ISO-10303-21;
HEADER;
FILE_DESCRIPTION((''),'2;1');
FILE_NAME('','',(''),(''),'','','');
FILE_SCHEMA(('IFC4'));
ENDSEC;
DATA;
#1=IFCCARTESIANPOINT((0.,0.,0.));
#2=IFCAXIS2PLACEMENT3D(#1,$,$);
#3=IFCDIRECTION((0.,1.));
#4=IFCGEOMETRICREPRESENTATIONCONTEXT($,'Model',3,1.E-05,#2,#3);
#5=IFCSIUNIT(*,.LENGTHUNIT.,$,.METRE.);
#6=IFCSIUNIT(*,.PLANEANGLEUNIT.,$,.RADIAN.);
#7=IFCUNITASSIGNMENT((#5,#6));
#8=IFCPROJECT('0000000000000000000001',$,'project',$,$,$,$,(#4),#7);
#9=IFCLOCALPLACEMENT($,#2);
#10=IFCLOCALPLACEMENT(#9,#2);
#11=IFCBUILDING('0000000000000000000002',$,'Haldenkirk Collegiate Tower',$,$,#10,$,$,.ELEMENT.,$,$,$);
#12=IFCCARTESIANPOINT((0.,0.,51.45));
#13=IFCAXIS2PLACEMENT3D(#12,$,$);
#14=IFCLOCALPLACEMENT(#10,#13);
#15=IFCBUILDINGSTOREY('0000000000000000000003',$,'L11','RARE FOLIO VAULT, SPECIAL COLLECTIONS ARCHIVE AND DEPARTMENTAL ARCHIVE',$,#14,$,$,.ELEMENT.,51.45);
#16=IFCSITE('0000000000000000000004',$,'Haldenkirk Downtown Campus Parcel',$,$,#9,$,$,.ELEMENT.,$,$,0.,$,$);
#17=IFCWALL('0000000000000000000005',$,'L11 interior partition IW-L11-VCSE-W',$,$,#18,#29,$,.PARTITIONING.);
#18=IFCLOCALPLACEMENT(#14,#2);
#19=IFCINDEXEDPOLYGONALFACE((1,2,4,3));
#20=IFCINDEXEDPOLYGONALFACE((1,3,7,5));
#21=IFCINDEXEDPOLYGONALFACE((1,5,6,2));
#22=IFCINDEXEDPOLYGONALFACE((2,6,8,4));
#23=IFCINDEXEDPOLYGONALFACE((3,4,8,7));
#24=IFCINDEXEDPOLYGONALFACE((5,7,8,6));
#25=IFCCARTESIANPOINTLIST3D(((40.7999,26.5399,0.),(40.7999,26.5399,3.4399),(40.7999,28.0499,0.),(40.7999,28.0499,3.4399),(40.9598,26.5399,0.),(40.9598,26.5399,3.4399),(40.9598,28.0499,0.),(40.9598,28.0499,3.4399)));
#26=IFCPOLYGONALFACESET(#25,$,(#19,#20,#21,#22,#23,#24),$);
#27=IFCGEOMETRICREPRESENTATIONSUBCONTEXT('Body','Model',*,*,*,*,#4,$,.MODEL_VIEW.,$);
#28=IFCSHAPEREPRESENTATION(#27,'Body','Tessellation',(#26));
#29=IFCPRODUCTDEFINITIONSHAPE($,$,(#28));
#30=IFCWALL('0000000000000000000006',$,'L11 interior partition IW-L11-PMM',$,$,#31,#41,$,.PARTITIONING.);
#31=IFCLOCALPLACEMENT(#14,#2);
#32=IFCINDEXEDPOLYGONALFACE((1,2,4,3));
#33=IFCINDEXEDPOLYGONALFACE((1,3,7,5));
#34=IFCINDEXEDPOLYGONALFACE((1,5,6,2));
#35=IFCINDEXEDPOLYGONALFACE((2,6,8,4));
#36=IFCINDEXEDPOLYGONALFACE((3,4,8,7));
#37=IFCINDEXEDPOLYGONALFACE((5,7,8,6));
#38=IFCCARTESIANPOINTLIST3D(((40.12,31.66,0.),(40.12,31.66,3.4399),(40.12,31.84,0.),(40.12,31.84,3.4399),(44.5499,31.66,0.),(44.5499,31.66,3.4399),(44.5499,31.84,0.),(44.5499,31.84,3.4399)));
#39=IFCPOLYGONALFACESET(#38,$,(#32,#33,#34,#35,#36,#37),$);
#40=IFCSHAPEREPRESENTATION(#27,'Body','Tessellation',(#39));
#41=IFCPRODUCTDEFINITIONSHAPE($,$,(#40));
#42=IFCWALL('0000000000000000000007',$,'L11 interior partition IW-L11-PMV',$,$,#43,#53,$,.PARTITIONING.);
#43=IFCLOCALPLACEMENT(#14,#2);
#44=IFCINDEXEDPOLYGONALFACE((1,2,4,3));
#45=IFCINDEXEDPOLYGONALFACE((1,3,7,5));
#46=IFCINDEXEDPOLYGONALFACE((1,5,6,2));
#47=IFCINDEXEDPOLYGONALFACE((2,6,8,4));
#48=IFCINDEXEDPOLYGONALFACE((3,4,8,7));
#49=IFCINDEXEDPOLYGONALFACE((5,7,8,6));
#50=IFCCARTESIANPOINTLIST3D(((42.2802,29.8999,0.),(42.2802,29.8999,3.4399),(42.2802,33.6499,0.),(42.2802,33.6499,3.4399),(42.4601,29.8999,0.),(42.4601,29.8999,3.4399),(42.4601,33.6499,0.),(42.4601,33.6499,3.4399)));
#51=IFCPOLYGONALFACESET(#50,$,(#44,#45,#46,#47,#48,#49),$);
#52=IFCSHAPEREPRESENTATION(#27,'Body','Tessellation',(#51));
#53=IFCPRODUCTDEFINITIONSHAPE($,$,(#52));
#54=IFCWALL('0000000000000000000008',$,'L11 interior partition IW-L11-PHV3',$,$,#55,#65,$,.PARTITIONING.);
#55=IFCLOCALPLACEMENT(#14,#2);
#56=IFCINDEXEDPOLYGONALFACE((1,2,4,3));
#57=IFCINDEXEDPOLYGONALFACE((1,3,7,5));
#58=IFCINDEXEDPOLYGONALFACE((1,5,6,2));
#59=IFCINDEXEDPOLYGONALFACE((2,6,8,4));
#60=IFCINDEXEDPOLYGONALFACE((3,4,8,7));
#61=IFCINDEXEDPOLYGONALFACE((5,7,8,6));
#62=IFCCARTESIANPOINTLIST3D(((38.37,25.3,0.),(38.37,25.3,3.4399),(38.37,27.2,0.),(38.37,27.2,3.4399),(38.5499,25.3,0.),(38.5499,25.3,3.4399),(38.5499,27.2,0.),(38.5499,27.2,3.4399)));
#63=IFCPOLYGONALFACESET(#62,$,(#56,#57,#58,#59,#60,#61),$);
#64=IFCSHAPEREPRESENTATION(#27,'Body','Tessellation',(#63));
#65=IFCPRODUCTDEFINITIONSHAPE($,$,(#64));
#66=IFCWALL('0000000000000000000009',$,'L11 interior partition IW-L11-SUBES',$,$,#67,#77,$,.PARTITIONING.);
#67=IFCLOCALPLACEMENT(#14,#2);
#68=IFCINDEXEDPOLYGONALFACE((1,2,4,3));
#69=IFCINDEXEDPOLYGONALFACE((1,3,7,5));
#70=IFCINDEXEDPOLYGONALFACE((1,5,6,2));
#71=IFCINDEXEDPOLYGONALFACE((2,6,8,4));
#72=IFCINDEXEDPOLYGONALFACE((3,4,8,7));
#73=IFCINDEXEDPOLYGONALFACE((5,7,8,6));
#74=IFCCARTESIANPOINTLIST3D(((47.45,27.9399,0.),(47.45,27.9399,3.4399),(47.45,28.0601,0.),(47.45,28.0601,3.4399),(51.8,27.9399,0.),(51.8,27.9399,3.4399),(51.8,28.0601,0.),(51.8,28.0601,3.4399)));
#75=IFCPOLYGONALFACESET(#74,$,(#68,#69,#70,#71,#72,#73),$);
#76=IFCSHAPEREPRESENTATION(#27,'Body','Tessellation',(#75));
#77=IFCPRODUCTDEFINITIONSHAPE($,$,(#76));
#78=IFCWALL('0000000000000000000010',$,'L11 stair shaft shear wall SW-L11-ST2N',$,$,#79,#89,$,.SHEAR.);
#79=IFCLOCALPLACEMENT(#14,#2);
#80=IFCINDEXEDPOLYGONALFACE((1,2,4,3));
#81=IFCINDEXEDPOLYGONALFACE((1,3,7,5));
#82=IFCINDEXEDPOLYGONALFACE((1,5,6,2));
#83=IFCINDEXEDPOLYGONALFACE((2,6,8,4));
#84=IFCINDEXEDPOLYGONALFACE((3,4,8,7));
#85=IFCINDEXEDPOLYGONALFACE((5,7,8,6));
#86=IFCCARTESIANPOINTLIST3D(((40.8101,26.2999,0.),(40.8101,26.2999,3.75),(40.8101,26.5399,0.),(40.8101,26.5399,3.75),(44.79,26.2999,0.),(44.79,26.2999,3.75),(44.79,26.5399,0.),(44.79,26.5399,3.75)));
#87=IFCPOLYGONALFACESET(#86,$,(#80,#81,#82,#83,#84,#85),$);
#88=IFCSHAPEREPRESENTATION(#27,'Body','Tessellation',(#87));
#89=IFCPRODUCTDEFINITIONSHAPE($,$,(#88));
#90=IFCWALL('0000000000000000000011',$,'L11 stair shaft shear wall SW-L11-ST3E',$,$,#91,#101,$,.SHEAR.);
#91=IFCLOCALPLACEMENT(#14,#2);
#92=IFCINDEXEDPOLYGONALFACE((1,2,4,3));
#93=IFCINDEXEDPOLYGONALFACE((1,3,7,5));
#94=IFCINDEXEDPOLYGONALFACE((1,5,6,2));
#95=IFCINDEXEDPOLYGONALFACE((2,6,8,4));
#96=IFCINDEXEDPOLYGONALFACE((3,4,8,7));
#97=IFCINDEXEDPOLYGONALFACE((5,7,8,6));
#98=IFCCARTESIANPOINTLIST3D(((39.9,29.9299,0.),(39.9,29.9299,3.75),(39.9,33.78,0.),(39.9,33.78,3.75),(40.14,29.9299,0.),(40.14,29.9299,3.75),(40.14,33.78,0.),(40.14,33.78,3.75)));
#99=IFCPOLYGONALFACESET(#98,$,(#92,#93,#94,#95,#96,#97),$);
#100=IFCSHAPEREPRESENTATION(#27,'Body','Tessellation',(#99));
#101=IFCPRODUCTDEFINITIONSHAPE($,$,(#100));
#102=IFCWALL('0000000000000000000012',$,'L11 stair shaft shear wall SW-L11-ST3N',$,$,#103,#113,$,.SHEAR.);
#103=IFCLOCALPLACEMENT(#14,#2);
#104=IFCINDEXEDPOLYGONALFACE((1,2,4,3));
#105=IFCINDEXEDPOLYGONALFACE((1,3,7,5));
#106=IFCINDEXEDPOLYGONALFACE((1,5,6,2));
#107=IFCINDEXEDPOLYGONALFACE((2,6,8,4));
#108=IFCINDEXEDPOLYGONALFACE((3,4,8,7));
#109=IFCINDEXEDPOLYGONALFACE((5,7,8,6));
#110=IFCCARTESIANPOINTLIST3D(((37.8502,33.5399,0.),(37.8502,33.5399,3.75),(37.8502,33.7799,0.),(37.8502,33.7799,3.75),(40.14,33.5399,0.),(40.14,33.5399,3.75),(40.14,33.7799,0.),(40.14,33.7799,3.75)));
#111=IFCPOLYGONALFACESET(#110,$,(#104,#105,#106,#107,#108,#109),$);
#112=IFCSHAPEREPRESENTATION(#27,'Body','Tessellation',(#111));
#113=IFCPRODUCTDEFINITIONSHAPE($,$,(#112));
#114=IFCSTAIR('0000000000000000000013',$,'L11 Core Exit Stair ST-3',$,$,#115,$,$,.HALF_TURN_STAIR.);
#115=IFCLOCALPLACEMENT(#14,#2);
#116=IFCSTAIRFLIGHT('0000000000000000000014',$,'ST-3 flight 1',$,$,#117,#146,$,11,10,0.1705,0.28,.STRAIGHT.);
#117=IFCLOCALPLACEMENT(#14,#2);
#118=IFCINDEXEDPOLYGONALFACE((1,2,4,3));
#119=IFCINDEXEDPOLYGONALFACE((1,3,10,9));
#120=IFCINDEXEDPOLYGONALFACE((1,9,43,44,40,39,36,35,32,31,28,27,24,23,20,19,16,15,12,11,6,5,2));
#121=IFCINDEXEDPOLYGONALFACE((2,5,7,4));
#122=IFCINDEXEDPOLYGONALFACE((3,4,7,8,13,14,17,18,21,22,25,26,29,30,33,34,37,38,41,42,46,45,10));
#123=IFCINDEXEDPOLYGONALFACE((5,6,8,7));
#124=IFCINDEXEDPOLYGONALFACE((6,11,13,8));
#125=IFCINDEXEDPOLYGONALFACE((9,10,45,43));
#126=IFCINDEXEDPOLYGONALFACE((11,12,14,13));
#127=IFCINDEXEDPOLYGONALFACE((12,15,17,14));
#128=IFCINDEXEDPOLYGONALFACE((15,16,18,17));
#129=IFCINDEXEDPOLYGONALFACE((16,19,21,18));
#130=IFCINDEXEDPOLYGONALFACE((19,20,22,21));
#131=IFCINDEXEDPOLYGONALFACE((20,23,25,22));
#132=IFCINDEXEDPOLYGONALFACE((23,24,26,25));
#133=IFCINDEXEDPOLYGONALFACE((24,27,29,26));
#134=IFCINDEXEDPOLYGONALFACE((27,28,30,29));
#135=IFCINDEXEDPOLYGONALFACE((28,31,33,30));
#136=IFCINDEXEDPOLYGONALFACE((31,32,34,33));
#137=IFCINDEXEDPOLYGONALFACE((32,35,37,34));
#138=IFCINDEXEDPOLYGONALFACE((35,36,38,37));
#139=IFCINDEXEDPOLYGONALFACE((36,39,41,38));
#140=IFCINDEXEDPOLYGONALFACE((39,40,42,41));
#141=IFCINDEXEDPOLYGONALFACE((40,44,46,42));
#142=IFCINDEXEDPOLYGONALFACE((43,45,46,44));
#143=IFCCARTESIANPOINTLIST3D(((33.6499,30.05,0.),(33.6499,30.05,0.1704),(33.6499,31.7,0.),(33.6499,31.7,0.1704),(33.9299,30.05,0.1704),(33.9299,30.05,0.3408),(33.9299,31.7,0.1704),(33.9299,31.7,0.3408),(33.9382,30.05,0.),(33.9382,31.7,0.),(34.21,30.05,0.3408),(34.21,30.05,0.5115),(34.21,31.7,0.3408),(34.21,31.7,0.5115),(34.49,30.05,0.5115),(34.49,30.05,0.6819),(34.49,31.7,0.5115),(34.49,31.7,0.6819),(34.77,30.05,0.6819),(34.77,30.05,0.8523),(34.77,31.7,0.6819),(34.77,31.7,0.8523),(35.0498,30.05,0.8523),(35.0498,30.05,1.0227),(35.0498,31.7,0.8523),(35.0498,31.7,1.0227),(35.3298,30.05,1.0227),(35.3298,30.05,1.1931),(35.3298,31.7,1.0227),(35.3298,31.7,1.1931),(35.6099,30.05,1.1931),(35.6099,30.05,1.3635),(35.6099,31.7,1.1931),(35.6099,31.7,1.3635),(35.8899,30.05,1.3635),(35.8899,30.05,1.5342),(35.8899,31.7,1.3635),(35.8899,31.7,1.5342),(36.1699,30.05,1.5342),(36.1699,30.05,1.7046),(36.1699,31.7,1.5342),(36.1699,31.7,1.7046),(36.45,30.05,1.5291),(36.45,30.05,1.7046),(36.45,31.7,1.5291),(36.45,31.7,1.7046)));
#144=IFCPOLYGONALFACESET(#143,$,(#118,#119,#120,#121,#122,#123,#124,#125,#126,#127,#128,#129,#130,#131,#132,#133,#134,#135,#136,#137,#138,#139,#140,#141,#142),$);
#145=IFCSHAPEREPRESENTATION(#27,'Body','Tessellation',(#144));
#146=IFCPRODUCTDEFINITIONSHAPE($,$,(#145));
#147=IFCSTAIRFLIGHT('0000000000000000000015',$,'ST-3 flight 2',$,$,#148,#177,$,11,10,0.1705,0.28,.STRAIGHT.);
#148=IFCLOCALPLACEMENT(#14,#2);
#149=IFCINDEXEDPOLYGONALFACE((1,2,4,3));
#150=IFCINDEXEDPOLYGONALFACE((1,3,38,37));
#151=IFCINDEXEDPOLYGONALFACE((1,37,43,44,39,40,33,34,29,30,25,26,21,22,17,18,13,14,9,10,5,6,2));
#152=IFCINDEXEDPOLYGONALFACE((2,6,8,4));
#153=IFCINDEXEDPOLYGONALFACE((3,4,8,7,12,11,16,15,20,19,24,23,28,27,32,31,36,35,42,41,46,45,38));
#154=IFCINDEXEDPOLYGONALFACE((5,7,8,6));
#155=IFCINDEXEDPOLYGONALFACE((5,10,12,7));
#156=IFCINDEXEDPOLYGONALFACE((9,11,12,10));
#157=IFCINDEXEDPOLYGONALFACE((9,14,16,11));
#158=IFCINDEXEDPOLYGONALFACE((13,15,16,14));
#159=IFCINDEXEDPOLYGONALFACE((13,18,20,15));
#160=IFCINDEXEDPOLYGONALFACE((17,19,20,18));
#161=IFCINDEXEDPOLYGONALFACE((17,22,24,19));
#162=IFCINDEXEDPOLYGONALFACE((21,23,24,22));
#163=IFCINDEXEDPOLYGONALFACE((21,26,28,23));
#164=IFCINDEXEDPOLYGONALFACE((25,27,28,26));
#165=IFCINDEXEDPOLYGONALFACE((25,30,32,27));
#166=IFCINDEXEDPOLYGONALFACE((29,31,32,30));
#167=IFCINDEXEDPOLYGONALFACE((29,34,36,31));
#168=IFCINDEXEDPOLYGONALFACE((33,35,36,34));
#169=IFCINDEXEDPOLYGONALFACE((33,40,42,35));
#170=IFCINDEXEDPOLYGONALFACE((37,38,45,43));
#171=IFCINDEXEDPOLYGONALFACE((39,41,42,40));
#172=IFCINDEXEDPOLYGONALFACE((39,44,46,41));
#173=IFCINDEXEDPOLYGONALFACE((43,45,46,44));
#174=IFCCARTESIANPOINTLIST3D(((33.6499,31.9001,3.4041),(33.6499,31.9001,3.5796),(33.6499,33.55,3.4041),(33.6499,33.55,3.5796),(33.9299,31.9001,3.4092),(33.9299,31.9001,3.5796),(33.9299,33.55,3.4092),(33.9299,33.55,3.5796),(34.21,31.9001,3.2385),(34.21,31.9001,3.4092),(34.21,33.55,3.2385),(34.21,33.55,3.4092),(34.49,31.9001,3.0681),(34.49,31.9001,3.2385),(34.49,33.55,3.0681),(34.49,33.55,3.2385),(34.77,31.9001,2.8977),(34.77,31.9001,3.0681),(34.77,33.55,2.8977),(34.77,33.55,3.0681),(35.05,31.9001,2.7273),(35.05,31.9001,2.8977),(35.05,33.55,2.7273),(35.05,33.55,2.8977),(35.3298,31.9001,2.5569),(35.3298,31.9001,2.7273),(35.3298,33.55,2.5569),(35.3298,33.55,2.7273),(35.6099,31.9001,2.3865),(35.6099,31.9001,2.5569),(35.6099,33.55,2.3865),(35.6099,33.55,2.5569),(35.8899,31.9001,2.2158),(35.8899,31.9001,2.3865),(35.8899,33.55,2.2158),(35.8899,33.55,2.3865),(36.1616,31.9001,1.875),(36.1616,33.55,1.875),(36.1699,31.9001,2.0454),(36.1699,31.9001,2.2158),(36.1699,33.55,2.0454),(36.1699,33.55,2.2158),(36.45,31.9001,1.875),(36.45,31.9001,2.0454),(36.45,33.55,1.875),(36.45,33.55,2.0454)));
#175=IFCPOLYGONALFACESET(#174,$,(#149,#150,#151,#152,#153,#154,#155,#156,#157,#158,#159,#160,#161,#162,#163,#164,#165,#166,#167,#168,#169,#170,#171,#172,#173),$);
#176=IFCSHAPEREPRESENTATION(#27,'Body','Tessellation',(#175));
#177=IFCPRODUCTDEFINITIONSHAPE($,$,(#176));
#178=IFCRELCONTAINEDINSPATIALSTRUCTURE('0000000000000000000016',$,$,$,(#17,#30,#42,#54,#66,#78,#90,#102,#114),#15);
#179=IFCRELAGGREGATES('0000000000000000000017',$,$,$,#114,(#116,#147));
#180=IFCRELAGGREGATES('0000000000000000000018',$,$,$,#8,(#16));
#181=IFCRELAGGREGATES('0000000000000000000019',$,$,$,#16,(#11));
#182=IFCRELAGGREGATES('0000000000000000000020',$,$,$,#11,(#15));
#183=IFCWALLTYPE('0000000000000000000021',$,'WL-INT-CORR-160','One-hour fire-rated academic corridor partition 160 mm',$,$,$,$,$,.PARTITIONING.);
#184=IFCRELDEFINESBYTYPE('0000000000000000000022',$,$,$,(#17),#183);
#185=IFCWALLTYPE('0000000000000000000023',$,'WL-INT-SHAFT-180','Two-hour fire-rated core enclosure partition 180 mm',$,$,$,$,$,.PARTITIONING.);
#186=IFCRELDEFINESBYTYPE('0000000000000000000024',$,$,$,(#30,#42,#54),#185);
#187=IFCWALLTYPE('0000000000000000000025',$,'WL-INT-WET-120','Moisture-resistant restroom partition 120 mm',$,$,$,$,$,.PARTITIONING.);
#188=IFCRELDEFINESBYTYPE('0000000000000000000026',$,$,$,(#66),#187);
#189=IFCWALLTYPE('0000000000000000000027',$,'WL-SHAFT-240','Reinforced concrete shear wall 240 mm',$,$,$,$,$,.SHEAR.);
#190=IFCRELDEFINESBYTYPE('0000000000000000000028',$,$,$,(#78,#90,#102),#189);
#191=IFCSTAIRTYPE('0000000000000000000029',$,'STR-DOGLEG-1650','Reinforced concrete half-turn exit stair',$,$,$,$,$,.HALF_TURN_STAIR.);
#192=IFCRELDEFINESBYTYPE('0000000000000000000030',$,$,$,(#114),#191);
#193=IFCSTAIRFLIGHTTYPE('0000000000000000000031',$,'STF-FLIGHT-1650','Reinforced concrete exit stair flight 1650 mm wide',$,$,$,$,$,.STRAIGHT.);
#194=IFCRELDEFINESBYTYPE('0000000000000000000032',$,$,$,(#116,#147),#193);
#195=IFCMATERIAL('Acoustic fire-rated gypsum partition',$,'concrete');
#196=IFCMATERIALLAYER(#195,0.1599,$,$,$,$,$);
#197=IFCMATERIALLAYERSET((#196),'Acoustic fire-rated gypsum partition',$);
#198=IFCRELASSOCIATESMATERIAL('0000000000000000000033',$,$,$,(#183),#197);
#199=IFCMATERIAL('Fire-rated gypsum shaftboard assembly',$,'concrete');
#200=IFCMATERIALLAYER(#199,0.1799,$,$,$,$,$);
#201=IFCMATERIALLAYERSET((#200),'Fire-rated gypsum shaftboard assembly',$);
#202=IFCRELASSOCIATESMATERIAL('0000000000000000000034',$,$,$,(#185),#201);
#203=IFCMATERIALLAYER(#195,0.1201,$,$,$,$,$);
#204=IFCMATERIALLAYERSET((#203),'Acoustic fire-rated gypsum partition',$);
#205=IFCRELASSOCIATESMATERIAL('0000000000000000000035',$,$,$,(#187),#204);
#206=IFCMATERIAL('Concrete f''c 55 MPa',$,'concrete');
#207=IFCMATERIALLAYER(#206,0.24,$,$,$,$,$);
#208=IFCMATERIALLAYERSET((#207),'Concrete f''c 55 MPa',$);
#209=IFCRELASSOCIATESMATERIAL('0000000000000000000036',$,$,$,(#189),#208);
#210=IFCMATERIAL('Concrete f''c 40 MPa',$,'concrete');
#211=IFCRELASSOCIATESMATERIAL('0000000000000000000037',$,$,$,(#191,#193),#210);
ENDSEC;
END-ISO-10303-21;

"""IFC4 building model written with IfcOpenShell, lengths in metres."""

from ifc_helpers import new_model, si_unit, direction, frame, frame_2d, origin, place, context, subcontext, project, spatial, polyline, rectangle, outline, extrude, material, layer, layer_set, type_object, element, aggregate, save


model = new_model("IFC4")

# Units and contexts
model_context = context("Model", 3, precision=1e-05, world=origin(), true_north=direction((0.0, 1.0)))
body_context = subcontext(model_context, "Body", "Model", "MODEL_VIEW")
ifc_project = project(units=[si_unit("LENGTHUNIT", "METRE"), si_unit("PLANEANGLEUNIT", "RADIAN")], contexts=[model_context])

# Site, building, storey
site_placement = place(None, origin())
site = spatial("IfcSite", under=ifc_project, at=site_placement, Name="Haldenkirk Downtown Campus Parcel", CompositionType="ELEMENT", RefElevation=0.0)
building_placement = place(site_placement, origin())
building = spatial("IfcBuilding", under=site, at=building_placement, Name="Haldenkirk Collegiate Tower", CompositionType="ELEMENT")
storey_placement = place(building_placement, frame((0.0, 0.0, 51.45)))
storey = spatial("IfcBuildingStorey", under=building, at=storey_placement, Name="L11", Description="RARE FOLIO VAULT, SPECIAL COLLECTIONS ARCHIVE AND DEPARTMENTAL ARCHIVE", CompositionType="ELEMENT", Elevation=51.45)

# Shared definitions
ifc_material_1 = material(Name="Acoustic fire-rated gypsum partition", Category="concrete")
ifc_layer_1 = layer(ifc_material_1, 0.1599)
ifc_layer_set_1 = layer_set([ifc_layer_1], Name="Acoustic fire-rated gypsum partition")
wall_type_1 = type_object("IfcWallType", Name="WL-INT-CORR-160", Description="One-hour fire-rated academic corridor partition 160 mm", PredefinedType="PARTITIONING", material=ifc_layer_set_1)

# Wall
wall_1_placement = place(storey_placement, frame((40.8799, 26.54, 0.0), z_axis=(0.0, 0.0, 1.0), x_axis=(0.0, 1.0, 0.0)))
element("IfcWall", 1, at=wall_1_placement, inside=storey, type_object=wall_type_1, Name="L11 interior partition IW-L11-VCSE-W", PredefinedType="PARTITIONING", context=body_context, shape_type="SweptSolid", body=[
    extrude(rectangle(XDim=1.51, YDim=0.1599, at=frame_2d((0.7549, 0.0))), origin(), (0.0, 0.0, 1.0), 3.4399),
])

# Shared definitions
ifc_material_2 = material(Name="Fire-rated gypsum shaftboard assembly", Category="concrete")
ifc_layer_2 = layer(ifc_material_2, 0.1799)
ifc_layer_set_2 = layer_set([ifc_layer_2], Name="Fire-rated gypsum shaftboard assembly")
wall_type_2 = type_object("IfcWallType", Name="WL-INT-SHAFT-180", Description="Two-hour fire-rated core enclosure partition 180 mm", PredefinedType="PARTITIONING", material=ifc_layer_set_2)

# Walls
wall_2_placement = place(storey_placement, frame((40.1201, 31.75, 0.0), z_axis=(0.0, 0.0, 1.0), x_axis=(1.0, 0.0, 0.0)))
element("IfcWall", 2, at=wall_2_placement, inside=storey, type_object=wall_type_2, Name="L11 interior partition IW-L11-PMM", PredefinedType="PARTITIONING", context=body_context, shape_type="SweptSolid", body=[
    extrude(rectangle(XDim=4.4299, YDim=0.1799, at=frame_2d((2.2148, 0.0))), origin(), (0.0, 0.0, 1.0), 3.4399),
])
wall_3_placement = place(storey_placement, frame((42.3701, 29.8999, 0.0), z_axis=(0.0, 0.0, 1.0), x_axis=(0.0, 1.0, 0.0)))
element("IfcWall", 3, at=wall_3_placement, inside=storey, type_object=wall_type_2, Name="L11 interior partition IW-L11-PMV", PredefinedType="PARTITIONING", context=body_context, shape_type="SweptSolid", body=[
    extrude(rectangle(XDim=3.75, YDim=0.1799, at=frame_2d((1.875, 0.0))), origin(), (0.0, 0.0, 1.0), 3.4399),
])
wall_4_placement = place(storey_placement, frame((38.46, 25.3, 0.0), z_axis=(0.0, 0.0, 1.0), x_axis=(0.0, 1.0, 0.0)))
element("IfcWall", 4, at=wall_4_placement, inside=storey, type_object=wall_type_2, Name="L11 interior partition IW-L11-PHV3", PredefinedType="PARTITIONING", context=body_context, shape_type="SweptSolid", body=[
    extrude(rectangle(XDim=1.8999, YDim=0.1799, at=frame_2d((0.95, 0.0))), origin(), (0.0, 0.0, 1.0), 3.4399),
])
ifc_layer_3 = layer(ifc_material_1, 0.1201)
ifc_layer_set_3 = layer_set([ifc_layer_3], Name="Acoustic fire-rated gypsum partition")
wall_type_3 = type_object("IfcWallType", Name="WL-INT-WET-120", Description="Moisture-resistant restroom partition 120 mm", PredefinedType="PARTITIONING", material=ifc_layer_set_3)
wall_5_placement = place(storey_placement, frame((47.45, 28.0, 0.0), z_axis=(0.0, 0.0, 1.0), x_axis=(1.0, 0.0, 0.0)))
element("IfcWall", 5, at=wall_5_placement, inside=storey, type_object=wall_type_3, Name="L11 interior partition IW-L11-SUBES", PredefinedType="PARTITIONING", context=body_context, shape_type="SweptSolid", body=[
    extrude(rectangle(XDim=4.3501, YDim=0.1201, at=frame_2d((2.175, 0.0))), origin(), (0.0, 0.0, 1.0), 3.4399),
])
ifc_material_3 = material(Name="Concrete f'c 55 MPa", Category="concrete")
ifc_layer_4 = layer(ifc_material_3, 0.24)
ifc_layer_set_4 = layer_set([ifc_layer_4], Name="Concrete f'c 55 MPa")
wall_type_4 = type_object("IfcWallType", Name="WL-SHAFT-240", Description="Reinforced concrete shear wall 240 mm", PredefinedType="SHEAR", material=ifc_layer_set_4)
wall_6_placement = place(storey_placement, frame((40.8101, 26.4199, 0.0), z_axis=(0.0, 0.0, 1.0), x_axis=(1.0, 0.0, 0.0)))
element("IfcWall", 6, at=wall_6_placement, inside=storey, type_object=wall_type_4, Name="L11 stair shaft shear wall SW-L11-ST2N", PredefinedType="SHEAR", context=body_context, shape_type="SweptSolid", body=[
    extrude(rectangle(XDim=3.98, YDim=0.24, at=frame_2d((1.99, 0.0))), origin(), (0.0, 0.0, 1.0), 3.75),
])
wall_7_placement = place(storey_placement, frame((40.02, 29.9299, 0.0), z_axis=(0.0, 0.0, 1.0), x_axis=(0.0, 1.0, 0.0)))
element("IfcWall", 7, at=wall_7_placement, inside=storey, type_object=wall_type_4, Name="L11 stair shaft shear wall SW-L11-ST3E", PredefinedType="SHEAR", context=body_context, shape_type="SweptSolid", body=[
    extrude(rectangle(XDim=3.8501, YDim=0.24, at=frame_2d((1.925, 0.0))), origin(), (0.0, 0.0, 1.0), 3.75),
])
wall_8_placement = place(storey_placement, frame((37.8501, 33.6599, 0.0), z_axis=(0.0, 0.0, 1.0), x_axis=(1.0, 0.0, 0.0)))
element("IfcWall", 8, at=wall_8_placement, inside=storey, type_object=wall_type_4, Name="L11 stair shaft shear wall SW-L11-ST3N", PredefinedType="SHEAR", context=body_context, shape_type="SweptSolid", body=[
    extrude(rectangle(XDim=2.2898, YDim=0.24, at=frame_2d((1.145, 0.0))), origin(), (0.0, 0.0, 1.0), 3.75),
])

# Stair, stair flights
ifc_material_4 = material(Name="Concrete f'c 40 MPa", Category="concrete")
stair_type = type_object("IfcStairType", Name="STR-DOGLEG-1650", Description="Reinforced concrete half-turn exit stair", PredefinedType="HALF_TURN_STAIR", material=ifc_material_4)
stair_placement = place(storey_placement, origin())
stair = element("IfcStair", 9, at=stair_placement, inside=storey, type_object=stair_type, Name="L11 Core Exit Stair ST-3", PredefinedType="HALF_TURN_STAIR")
stair_flight_type = type_object("IfcStairFlightType", Name="STF-FLIGHT-1650", Description="Reinforced concrete exit stair flight 1650 mm wide", PredefinedType="STRAIGHT", material=ifc_material_4)
stair_flight_1_placement = place(storey_placement, frame((33.6499, 30.875, 0.0), z_axis=(0.0, 0.0, 1.0), x_axis=(1.0, 0.0, 0.0)))
stair_flight_1 = element("IfcStairFlight", 10, at=stair_flight_1_placement, type_object=stair_flight_type, Name="ST-3 flight 1", NumberOfRisers=11, NumberOfTreads=10, PredefinedType="STRAIGHT", RiserHeight=0.1705, TreadLength=0.28, context=body_context, shape_type="SweptSolid", body=[
    extrude(outline(polyline([(0.0, 0.0), (0.0, 0.1704), (0.28, 0.1704), (0.28, 0.3408), (0.5601, 0.3408), (0.5601, 0.5115), (0.8401, 0.5115), (0.8401, 0.6819), (1.1201, 0.6819), (1.1201, 0.8523), (1.3999, 0.8523), (1.3999, 1.0227), (1.6799, 1.0227), (1.6799, 1.1931), (1.96, 1.1931), (1.96, 1.3635), (2.24, 1.3635), (2.24, 1.5342), (2.52, 1.5342), (2.52, 1.7046), (2.8, 1.7046), (2.8, 1.875), (2.8, 1.5291), (0.2883, 0.0), (0.0, 0.0)])), frame((0.0, 0.825, 0.0), z_axis=(0.0, -1.0, 0.0), x_axis=(1.0, 0.0, 0.0)), (0.0, 0.0, 1.0), 1.6499),
])
stair_flight_2_placement = place(storey_placement, frame((36.45, 32.7251, 1.875), z_axis=(0.0, 0.0, 1.0), x_axis=(-1.0, 0.0, 0.0)))
stair_flight_2 = element("IfcStairFlight", 11, at=stair_flight_2_placement, type_object=stair_flight_type, Name="ST-3 flight 2", NumberOfRisers=11, NumberOfTreads=10, PredefinedType="STRAIGHT", RiserHeight=0.1705, TreadLength=0.28, context=body_context, shape_type="SweptSolid", body=[
    extrude(outline(polyline([(0.0, 0.0), (0.0, 0.1704), (0.28, 0.1704), (0.28, 0.3408), (0.5601, 0.3408), (0.5601, 0.5115), (0.8401, 0.5115), (0.8401, 0.6819), (1.1201, 0.6819), (1.1201, 0.8523), (1.3999, 0.8523), (1.3999, 1.0227), (1.6799, 1.0227), (1.6799, 1.1931), (1.96, 1.1931), (1.96, 1.3635), (2.24, 1.3635), (2.24, 1.5342), (2.52, 1.5342), (2.52, 1.7046), (2.8, 1.7046), (2.8, 1.875), (2.8, 1.5291), (0.2883, 0.0), (0.0, 0.0)])), frame((0.0, 0.825, 0.0), z_axis=(0.0, -1.0, 0.0), x_axis=(1.0, 0.0, 0.0)), (0.0, 0.0, 1.0), 1.6499),
])
aggregate(stair, [stair_flight_1, stair_flight_2])

save(model, "model.ifc")
